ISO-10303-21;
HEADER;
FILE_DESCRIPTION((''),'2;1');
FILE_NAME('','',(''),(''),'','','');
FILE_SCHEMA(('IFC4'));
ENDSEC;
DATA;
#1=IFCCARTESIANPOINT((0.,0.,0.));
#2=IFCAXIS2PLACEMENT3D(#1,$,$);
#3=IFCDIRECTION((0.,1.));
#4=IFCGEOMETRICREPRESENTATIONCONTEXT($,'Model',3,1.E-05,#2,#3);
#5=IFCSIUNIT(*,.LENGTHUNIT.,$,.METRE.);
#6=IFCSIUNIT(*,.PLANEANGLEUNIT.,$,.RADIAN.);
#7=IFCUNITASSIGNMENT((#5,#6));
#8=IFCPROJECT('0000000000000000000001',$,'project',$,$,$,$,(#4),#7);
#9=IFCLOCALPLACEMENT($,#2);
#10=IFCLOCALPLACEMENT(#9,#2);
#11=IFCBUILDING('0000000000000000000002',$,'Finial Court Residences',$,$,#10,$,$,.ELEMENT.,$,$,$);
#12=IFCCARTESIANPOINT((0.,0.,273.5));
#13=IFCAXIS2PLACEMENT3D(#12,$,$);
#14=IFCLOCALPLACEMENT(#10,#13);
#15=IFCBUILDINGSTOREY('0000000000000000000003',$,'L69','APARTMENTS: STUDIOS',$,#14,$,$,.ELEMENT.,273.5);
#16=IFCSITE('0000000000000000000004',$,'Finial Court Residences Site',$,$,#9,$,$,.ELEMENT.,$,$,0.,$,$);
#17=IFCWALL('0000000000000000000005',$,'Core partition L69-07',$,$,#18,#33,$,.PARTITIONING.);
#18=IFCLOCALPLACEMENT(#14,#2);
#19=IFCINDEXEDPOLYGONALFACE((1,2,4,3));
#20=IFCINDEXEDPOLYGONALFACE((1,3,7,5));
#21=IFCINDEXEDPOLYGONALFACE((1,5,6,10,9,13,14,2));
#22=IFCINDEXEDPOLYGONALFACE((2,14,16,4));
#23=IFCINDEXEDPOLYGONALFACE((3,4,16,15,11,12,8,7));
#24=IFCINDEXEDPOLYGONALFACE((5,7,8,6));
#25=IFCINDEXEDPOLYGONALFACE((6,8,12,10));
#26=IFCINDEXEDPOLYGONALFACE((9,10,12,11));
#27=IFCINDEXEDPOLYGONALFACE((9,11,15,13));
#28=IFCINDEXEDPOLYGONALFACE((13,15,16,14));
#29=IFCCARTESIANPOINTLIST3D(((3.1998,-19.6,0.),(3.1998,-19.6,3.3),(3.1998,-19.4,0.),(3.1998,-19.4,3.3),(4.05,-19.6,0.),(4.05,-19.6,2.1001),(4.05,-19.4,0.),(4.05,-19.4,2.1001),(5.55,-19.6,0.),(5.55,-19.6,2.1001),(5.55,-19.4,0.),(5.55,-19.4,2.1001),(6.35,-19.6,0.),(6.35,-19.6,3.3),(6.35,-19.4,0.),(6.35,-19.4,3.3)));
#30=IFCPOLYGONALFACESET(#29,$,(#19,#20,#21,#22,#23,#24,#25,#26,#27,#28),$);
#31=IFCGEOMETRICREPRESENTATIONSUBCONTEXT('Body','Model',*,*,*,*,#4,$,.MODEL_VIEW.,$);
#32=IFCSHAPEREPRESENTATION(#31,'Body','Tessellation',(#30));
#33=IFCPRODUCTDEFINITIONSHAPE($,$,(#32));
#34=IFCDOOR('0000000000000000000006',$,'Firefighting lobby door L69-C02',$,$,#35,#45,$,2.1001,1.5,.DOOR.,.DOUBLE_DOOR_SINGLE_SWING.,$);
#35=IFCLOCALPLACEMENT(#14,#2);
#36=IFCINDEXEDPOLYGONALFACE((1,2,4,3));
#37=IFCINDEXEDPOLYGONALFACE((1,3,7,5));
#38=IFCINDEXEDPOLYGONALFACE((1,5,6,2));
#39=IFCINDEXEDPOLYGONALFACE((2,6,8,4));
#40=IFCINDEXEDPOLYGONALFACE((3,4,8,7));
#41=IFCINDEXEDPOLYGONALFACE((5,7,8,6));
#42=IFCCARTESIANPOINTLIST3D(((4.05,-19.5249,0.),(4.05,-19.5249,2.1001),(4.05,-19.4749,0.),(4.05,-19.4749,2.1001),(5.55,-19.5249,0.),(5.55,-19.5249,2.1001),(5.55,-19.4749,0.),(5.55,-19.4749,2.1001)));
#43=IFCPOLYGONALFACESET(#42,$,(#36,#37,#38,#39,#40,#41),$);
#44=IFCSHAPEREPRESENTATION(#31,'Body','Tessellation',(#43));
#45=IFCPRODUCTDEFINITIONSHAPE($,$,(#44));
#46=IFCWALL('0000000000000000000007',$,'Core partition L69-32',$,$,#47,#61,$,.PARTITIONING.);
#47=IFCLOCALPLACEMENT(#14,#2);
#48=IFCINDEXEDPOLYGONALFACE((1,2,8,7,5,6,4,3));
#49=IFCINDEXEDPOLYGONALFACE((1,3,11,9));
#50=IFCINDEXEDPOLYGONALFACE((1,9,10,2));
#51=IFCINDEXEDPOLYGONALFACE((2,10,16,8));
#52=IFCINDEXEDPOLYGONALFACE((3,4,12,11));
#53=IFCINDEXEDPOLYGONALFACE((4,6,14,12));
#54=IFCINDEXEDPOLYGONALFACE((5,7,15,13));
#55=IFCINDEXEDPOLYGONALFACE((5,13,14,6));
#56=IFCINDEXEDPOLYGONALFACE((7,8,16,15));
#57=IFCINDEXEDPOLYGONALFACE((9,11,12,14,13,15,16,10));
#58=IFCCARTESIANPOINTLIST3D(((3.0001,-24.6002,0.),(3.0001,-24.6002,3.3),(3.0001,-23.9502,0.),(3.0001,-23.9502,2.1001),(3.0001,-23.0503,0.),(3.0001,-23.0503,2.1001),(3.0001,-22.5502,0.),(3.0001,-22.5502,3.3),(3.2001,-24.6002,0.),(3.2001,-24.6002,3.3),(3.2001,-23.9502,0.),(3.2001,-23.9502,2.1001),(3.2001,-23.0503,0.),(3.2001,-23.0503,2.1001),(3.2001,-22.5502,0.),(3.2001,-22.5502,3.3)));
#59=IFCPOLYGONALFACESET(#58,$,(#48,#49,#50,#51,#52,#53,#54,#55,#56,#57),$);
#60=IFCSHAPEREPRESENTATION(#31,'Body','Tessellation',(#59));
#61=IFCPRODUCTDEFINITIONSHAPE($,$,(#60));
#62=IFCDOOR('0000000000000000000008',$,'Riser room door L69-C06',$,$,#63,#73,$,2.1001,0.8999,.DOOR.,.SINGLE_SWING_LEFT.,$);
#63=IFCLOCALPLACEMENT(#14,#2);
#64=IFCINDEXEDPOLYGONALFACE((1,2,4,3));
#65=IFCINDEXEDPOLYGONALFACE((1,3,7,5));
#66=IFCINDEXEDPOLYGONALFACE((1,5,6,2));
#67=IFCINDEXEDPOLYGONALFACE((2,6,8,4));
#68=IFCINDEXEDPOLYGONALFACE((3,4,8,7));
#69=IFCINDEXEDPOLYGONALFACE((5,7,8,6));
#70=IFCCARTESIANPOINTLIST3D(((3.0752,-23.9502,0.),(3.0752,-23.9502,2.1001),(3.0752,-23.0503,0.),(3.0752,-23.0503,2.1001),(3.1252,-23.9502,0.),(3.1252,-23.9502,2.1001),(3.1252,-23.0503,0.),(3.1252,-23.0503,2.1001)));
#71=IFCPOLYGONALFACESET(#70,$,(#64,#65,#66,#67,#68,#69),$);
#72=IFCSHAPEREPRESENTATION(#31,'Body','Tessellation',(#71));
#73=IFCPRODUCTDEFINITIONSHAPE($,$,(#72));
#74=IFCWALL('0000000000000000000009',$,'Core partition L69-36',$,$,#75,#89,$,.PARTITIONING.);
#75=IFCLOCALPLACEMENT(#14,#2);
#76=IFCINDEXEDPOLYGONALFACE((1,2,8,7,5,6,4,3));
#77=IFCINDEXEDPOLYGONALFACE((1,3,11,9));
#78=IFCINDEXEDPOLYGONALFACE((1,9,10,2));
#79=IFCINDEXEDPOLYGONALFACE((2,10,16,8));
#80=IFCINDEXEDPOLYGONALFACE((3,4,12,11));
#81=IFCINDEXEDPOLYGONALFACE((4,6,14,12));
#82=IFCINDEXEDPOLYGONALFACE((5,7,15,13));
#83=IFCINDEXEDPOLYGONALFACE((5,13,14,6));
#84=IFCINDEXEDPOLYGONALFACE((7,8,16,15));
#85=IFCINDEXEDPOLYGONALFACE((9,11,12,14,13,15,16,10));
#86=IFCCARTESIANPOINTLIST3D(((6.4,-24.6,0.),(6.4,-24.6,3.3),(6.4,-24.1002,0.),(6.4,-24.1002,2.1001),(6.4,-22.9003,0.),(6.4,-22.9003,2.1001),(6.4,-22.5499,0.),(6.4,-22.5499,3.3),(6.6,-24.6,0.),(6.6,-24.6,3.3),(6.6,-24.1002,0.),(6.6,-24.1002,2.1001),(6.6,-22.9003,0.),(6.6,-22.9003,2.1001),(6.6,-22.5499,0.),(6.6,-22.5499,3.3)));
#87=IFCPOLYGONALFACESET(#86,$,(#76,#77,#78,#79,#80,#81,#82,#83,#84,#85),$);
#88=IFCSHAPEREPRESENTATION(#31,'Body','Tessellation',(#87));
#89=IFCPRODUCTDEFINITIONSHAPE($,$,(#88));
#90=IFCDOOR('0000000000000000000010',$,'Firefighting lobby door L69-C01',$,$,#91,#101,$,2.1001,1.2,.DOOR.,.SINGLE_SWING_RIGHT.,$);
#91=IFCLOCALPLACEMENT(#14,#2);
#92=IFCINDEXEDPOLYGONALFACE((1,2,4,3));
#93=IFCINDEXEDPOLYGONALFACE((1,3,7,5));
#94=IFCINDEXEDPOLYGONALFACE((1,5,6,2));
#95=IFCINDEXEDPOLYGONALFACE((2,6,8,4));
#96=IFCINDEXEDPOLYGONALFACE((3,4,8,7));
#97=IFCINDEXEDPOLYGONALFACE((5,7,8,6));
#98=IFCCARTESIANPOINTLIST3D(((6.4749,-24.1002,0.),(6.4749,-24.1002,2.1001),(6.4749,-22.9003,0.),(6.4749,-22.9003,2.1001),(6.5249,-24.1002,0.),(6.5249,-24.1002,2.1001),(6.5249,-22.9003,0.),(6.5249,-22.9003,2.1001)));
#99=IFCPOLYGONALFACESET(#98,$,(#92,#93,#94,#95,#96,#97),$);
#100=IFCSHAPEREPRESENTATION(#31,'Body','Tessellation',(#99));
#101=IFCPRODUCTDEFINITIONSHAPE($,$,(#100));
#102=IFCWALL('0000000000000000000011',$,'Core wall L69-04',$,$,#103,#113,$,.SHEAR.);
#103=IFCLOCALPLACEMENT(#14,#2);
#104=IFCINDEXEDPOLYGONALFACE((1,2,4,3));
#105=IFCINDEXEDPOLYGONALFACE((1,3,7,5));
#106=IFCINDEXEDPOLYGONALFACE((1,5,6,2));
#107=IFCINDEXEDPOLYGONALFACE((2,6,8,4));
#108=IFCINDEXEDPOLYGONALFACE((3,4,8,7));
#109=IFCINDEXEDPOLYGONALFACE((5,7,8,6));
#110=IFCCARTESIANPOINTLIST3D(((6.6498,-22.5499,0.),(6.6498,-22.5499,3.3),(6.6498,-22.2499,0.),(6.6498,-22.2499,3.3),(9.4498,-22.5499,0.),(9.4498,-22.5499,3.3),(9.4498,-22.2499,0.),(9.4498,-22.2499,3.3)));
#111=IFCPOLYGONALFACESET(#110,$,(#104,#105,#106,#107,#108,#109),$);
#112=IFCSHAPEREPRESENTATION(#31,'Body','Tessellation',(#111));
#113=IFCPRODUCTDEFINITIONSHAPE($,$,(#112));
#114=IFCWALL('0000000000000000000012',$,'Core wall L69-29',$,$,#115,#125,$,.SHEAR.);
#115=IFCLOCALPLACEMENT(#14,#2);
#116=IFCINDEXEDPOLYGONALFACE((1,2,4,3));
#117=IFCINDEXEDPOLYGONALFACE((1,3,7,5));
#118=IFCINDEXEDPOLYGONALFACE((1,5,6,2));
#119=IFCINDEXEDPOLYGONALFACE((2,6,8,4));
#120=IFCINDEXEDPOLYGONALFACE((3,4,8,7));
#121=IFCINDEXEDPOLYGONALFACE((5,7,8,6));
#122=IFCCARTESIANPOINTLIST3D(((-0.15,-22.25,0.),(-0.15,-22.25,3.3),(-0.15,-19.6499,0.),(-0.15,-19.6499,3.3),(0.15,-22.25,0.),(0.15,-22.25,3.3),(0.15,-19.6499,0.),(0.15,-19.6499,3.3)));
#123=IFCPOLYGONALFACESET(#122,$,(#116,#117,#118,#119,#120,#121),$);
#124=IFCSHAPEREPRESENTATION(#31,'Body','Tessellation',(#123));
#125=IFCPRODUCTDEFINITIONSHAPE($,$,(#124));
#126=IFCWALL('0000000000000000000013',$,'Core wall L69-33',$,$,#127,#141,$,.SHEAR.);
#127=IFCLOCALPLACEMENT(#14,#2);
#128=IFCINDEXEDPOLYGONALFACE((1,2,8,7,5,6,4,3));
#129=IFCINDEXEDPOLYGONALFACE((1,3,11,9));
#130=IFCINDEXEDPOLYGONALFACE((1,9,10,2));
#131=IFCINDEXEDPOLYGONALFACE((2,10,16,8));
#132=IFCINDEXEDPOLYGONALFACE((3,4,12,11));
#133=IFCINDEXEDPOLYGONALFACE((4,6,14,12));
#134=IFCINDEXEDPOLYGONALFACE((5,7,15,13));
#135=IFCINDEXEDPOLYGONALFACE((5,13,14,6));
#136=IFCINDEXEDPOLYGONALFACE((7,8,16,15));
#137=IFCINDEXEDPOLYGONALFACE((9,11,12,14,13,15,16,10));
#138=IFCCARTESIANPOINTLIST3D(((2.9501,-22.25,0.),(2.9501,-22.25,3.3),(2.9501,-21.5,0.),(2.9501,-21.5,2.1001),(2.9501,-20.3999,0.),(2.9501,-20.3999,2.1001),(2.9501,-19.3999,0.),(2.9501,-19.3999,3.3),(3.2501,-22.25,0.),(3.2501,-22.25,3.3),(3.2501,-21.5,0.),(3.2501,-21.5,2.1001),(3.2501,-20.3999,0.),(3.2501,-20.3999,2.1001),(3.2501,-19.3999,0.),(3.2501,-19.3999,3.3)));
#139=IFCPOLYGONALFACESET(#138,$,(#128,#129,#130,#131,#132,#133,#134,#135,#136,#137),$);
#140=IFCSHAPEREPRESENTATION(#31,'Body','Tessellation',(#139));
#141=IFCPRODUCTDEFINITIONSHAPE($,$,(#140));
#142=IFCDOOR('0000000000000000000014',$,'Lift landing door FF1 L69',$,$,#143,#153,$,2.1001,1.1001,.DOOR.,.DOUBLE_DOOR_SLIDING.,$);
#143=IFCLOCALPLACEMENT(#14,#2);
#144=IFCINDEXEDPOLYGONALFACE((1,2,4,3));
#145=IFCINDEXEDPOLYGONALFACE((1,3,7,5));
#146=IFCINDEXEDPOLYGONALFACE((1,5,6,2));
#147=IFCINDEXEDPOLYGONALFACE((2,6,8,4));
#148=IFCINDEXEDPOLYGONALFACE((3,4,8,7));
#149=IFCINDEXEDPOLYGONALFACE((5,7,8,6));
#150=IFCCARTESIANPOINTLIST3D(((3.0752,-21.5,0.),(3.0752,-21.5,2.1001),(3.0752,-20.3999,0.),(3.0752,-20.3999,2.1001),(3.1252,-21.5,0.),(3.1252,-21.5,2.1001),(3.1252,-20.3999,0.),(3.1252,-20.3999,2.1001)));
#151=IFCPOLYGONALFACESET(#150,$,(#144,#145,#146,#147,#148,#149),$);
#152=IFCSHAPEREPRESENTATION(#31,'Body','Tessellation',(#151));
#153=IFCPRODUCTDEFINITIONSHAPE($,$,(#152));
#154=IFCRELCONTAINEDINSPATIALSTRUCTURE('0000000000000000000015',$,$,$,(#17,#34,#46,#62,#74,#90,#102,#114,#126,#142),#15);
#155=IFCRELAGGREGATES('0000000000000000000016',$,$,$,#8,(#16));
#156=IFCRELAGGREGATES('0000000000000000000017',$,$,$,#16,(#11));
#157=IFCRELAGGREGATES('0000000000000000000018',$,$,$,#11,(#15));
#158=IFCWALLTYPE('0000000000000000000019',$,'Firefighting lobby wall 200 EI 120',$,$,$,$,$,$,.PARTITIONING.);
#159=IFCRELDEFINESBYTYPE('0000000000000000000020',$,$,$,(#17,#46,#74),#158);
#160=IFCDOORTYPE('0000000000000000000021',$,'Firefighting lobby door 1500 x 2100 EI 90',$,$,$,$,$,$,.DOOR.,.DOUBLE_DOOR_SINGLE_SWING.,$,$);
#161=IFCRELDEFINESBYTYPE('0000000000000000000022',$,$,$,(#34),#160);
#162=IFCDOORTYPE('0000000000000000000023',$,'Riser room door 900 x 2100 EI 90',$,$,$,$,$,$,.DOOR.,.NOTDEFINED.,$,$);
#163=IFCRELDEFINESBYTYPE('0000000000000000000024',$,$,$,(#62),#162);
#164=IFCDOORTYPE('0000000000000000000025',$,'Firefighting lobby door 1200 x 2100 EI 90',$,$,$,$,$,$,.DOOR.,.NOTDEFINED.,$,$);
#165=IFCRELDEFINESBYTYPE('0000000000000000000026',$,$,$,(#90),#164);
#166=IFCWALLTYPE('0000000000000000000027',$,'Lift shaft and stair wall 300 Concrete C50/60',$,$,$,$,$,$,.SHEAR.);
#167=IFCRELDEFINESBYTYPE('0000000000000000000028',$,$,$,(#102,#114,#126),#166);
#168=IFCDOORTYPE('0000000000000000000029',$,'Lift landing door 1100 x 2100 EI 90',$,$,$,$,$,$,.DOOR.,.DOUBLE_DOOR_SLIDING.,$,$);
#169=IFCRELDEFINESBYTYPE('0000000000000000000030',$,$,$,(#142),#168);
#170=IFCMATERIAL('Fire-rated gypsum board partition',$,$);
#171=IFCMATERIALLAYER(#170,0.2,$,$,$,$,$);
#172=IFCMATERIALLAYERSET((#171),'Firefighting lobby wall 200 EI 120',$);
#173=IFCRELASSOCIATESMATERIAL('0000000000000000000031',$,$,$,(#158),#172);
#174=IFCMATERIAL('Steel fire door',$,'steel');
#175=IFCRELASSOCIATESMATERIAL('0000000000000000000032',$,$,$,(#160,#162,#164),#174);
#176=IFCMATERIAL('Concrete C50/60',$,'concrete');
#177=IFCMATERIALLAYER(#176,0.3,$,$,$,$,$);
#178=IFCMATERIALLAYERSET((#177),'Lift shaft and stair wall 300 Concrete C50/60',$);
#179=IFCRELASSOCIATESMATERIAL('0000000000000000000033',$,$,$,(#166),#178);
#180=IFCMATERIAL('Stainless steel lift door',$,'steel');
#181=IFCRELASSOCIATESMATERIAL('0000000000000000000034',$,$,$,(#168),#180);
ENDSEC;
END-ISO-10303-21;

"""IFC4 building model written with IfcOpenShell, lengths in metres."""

from ifc_helpers import new_model, si_unit, direction, frame, frame_2d, origin, place, context, subcontext, project, spatial, rectangle, extrude, material, layer, layer_set, type_object, element, fill, save


model = new_model("IFC4")

# Units and contexts
model_context = context("Model", 3, precision=1e-05, world=origin(), true_north=direction((0.0, 1.0)))
body_context = subcontext(model_context, "Body", "Model", "MODEL_VIEW")
ifc_project = project(units=[si_unit("LENGTHUNIT", "METRE"), si_unit("PLANEANGLEUNIT", "RADIAN")], contexts=[model_context])

# Site, building, storey
site_placement = place(None, origin())
site = spatial("IfcSite", under=ifc_project, at=site_placement, Name="Finial Court Residences Site", CompositionType="ELEMENT", RefElevation=0.0)
building_placement = place(site_placement, origin())
building = spatial("IfcBuilding", under=site, at=building_placement, Name="Finial Court Residences", CompositionType="ELEMENT")
storey_placement = place(building_placement, frame((0.0, 0.0, 273.5)))
storey = spatial("IfcBuildingStorey", under=building, at=storey_placement, Name="L69", Description="APARTMENTS: STUDIOS", CompositionType="ELEMENT", Elevation=273.5)

# Walls, openings, doors
ifc_material_1 = material(Name="Fire-rated gypsum board partition")
ifc_layer_1 = layer(ifc_material_1, 0.2)
ifc_layer_set_1 = layer_set([ifc_layer_1], Name="Firefighting lobby wall 200 EI 120")
wall_type_1 = type_object("IfcWallType", Name="Firefighting lobby wall 200 EI 120", PredefinedType="PARTITIONING", material=ifc_layer_set_1)
wall_1_placement = place(storey_placement, frame((6.3501, -19.5, 0.0), z_axis=(0.0, 0.0, 1.0), x_axis=(-1.0, 0.0, 0.0)))
wall_1 = element("IfcWall", 1, at=wall_1_placement, inside=storey, type_object=wall_type_1, Name="Core partition L69-07", PredefinedType="PARTITIONING", context=body_context, shape_type="SweptSolid", body=[
    extrude(rectangle(XDim=3.1501, YDim=0.2, at=frame_2d((1.5752, 0.0))), origin(), (0.0, 0.0, 1.0), 3.3),
])
opening_1_placement = place(wall_1_placement, frame((0.8, 0.0, 0.0)))
opening_1 = element("IfcOpeningElement", 2, at=opening_1_placement, cuts=wall_1, PredefinedType="OPENING", context=body_context, shape_type="SweptSolid", body=[
    extrude(rectangle(XDim=1.5, YDim=2.1001, at=frame_2d((0.75, 1.05))), frame((0.0, 0.1099, 0.0), z_axis=(0.0, -1.0, 0.0), x_axis=(1.0, 0.0, 0.0)), (0.0, 0.0, 1.0), 0.22),
])
ifc_material_2 = material(Name="Steel fire door", Category="steel")
door_type_1 = type_object("IfcDoorType", Name="Firefighting lobby door 1500 x 2100 EI 90", OperationType="DOUBLE_DOOR_SINGLE_SWING", PredefinedType="DOOR", material=ifc_material_2)
door_1_placement = place(opening_1_placement, origin())
door_1 = element("IfcDoor", 3, at=door_1_placement, inside=storey, type_object=door_type_1, Name="Firefighting lobby door L69-C02", OperationType="DOUBLE_DOOR_SINGLE_SWING", OverallHeight=2.1001, OverallWidth=1.5, PredefinedType="DOOR", context=body_context, shape_type="SweptSolid", body=[
    extrude(rectangle(XDim=1.5, YDim=2.1001, at=frame_2d((0.75, 1.05))), frame((0.0, 0.0249, 0.0), z_axis=(0.0, -1.0, 0.0), x_axis=(1.0, 0.0, 0.0)), (0.0, 0.0, 1.0), 0.05),
])
fill(opening_1, door_1)
wall_2_placement = place(storey_placement, frame((3.1001, -24.6001, 0.0), z_axis=(0.0, 0.0, 1.0), x_axis=(0.0, 1.0, 0.0)))
wall_2 = element("IfcWall", 4, at=wall_2_placement, inside=storey, type_object=wall_type_1, Name="Core partition L69-32", PredefinedType="PARTITIONING", context=body_context, shape_type="SweptSolid", body=[
    extrude(rectangle(XDim=2.05, YDim=0.2, at=frame_2d((1.0249, 0.0))), origin(), (0.0, 0.0, 1.0), 3.3),
])
opening_2_placement = place(wall_2_placement, frame((0.6499, 0.0, 0.0)))
opening_2 = element("IfcOpeningElement", 5, at=opening_2_placement, cuts=wall_2, PredefinedType="OPENING", context=body_context, shape_type="SweptSolid", body=[
    extrude(rectangle(XDim=0.8999, YDim=2.1001, at=frame_2d((0.45, 1.05))), frame((0.0, 0.1099, 0.0), z_axis=(0.0, -1.0, 0.0), x_axis=(1.0, 0.0, 0.0)), (0.0, 0.0, 1.0), 0.22),
])
door_type_2 = type_object("IfcDoorType", Name="Riser room door 900 x 2100 EI 90", OperationType="NOTDEFINED", PredefinedType="DOOR", material=ifc_material_2)
door_2_placement = place(opening_2_placement, origin())
door_2 = element("IfcDoor", 6, at=door_2_placement, inside=storey, type_object=door_type_2, Name="Riser room door L69-C06", OperationType="SINGLE_SWING_LEFT", OverallHeight=2.1001, OverallWidth=0.8999, PredefinedType="DOOR", context=body_context, shape_type="SweptSolid", body=[
    extrude(rectangle(XDim=0.8999, YDim=2.1001, at=frame_2d((0.45, 1.05))), frame((0.0, 0.0249, 0.0), z_axis=(0.0, -1.0, 0.0), x_axis=(1.0, 0.0, 0.0)), (0.0, 0.0, 1.0), 0.05),
])
fill(opening_2, door_2)
wall_3_placement = place(storey_placement, frame((6.5, -22.55, 0.0), z_axis=(0.0, 0.0, 1.0), x_axis=(0.0, -1.0, 0.0)))
wall_3 = element("IfcWall", 7, at=wall_3_placement, inside=storey, type_object=wall_type_1, Name="Core partition L69-36", PredefinedType="PARTITIONING", context=body_context, shape_type="SweptSolid", body=[
    extrude(rectangle(XDim=2.05, YDim=0.2, at=frame_2d((1.0249, 0.0))), origin(), (0.0, 0.0, 1.0), 3.3),
])
opening_3_placement = place(wall_3_placement, frame((0.3501, 0.0, 0.0)))
opening_3 = element("IfcOpeningElement", 8, at=opening_3_placement, cuts=wall_3, PredefinedType="OPENING", context=body_context, shape_type="SweptSolid", body=[
    extrude(rectangle(XDim=1.2, YDim=2.1001, at=frame_2d((0.6001, 1.05))), frame((0.0, 0.1099, 0.0), z_axis=(0.0, -1.0, 0.0), x_axis=(1.0, 0.0, 0.0)), (0.0, 0.0, 1.0), 0.22),
])
door_type_3 = type_object("IfcDoorType", Name="Firefighting lobby door 1200 x 2100 EI 90", OperationType="NOTDEFINED", PredefinedType="DOOR", material=ifc_material_2)
door_3_placement = place(opening_3_placement, origin())
door_3 = element("IfcDoor", 9, at=door_3_placement, inside=storey, type_object=door_type_3, Name="Firefighting lobby door L69-C01", OperationType="SINGLE_SWING_RIGHT", OverallHeight=2.1001, OverallWidth=1.2, PredefinedType="DOOR", context=body_context, shape_type="SweptSolid", body=[
    extrude(rectangle(XDim=1.2, YDim=2.1001, at=frame_2d((0.6001, 1.05))), frame((0.0, 0.0249, 0.0), z_axis=(0.0, -1.0, 0.0), x_axis=(1.0, 0.0, 0.0)), (0.0, 0.0, 1.0), 0.05),
])
fill(opening_3, door_3)

# Walls
ifc_material_3 = material(Name="Concrete C50/60", Category="concrete")
ifc_layer_2 = layer(ifc_material_3, 0.3)
ifc_layer_set_2 = layer_set([ifc_layer_2], Name="Lift shaft and stair wall 300 Concrete C50/60")
wall_type_2 = type_object("IfcWallType", Name="Lift shaft and stair wall 300 Concrete C50/60", PredefinedType="SHEAR", material=ifc_layer_set_2)
wall_4_placement = place(storey_placement, frame((6.6499, -22.3999, 0.0), z_axis=(0.0, 0.0, 1.0), x_axis=(1.0, 0.0, 0.0)))
element("IfcWall", 10, at=wall_4_placement, inside=storey, type_object=wall_type_2, Name="Core wall L69-04", PredefinedType="SHEAR", context=body_context, shape_type="SweptSolid", body=[
    extrude(rectangle(XDim=2.8, YDim=0.3, at=frame_2d((1.3999, 0.0))), origin(), (0.0, 0.0, 1.0), 3.3),
])
wall_5_placement = place(storey_placement, frame((0.0, -22.25, 0.0), z_axis=(0.0, 0.0, 1.0), x_axis=(0.0, 1.0, 0.0)))
element("IfcWall", 11, at=wall_5_placement, inside=storey, type_object=wall_type_2, Name="Core wall L69-29", PredefinedType="SHEAR", context=body_context, shape_type="SweptSolid", body=[
    extrude(rectangle(XDim=2.6001, YDim=0.3, at=frame_2d((1.3, 0.0))), origin(), (0.0, 0.0, 1.0), 3.3),
])

# Wall, opening, door
wall_6_placement = place(storey_placement, frame((3.1001, -22.25, 0.0), z_axis=(0.0, 0.0, 1.0), x_axis=(0.0, 1.0, 0.0)))
wall_6 = element("IfcWall", 12, at=wall_6_placement, inside=storey, type_object=wall_type_2, Name="Core wall L69-33", PredefinedType="SHEAR", context=body_context, shape_type="SweptSolid", body=[
    extrude(rectangle(XDim=2.8501, YDim=0.3, at=frame_2d((1.425, 0.0))), origin(), (0.0, 0.0, 1.0), 3.3),
])
opening_4_placement = place(wall_6_placement, frame((0.75, 0.0, 0.0)))
opening_4 = element("IfcOpeningElement", 13, at=opening_4_placement, cuts=wall_6, PredefinedType="OPENING", context=body_context, shape_type="SweptSolid", body=[
    extrude(rectangle(XDim=1.1001, YDim=2.1001, at=frame_2d((0.55, 1.05))), frame((0.0, 0.1599, 0.0), z_axis=(0.0, -1.0, 0.0), x_axis=(1.0, 0.0, 0.0)), (0.0, 0.0, 1.0), 0.3201),
])
ifc_material_4 = material(Name="Stainless steel lift door", Category="steel")
door_type_4 = type_object("IfcDoorType", Name="Lift landing door 1100 x 2100 EI 90", OperationType="DOUBLE_DOOR_SLIDING", PredefinedType="DOOR", material=ifc_material_4)
door_4_placement = place(opening_4_placement, origin())
door_4 = element("IfcDoor", 14, at=door_4_placement, inside=storey, type_object=door_type_4, Name="Lift landing door FF1 L69", OperationType="DOUBLE_DOOR_SLIDING", OverallHeight=2.1001, OverallWidth=1.1001, PredefinedType="DOOR", context=body_context, shape_type="SweptSolid", body=[
    extrude(rectangle(XDim=1.1001, YDim=2.1001, at=frame_2d((0.55, 1.05))), frame((0.0, 0.0249, 0.0), z_axis=(0.0, -1.0, 0.0), x_axis=(1.0, 0.0, 0.0)), (0.0, 0.0, 1.0), 0.05),
])
fill(opening_4, door_4)

save(model, "model.ifc")
